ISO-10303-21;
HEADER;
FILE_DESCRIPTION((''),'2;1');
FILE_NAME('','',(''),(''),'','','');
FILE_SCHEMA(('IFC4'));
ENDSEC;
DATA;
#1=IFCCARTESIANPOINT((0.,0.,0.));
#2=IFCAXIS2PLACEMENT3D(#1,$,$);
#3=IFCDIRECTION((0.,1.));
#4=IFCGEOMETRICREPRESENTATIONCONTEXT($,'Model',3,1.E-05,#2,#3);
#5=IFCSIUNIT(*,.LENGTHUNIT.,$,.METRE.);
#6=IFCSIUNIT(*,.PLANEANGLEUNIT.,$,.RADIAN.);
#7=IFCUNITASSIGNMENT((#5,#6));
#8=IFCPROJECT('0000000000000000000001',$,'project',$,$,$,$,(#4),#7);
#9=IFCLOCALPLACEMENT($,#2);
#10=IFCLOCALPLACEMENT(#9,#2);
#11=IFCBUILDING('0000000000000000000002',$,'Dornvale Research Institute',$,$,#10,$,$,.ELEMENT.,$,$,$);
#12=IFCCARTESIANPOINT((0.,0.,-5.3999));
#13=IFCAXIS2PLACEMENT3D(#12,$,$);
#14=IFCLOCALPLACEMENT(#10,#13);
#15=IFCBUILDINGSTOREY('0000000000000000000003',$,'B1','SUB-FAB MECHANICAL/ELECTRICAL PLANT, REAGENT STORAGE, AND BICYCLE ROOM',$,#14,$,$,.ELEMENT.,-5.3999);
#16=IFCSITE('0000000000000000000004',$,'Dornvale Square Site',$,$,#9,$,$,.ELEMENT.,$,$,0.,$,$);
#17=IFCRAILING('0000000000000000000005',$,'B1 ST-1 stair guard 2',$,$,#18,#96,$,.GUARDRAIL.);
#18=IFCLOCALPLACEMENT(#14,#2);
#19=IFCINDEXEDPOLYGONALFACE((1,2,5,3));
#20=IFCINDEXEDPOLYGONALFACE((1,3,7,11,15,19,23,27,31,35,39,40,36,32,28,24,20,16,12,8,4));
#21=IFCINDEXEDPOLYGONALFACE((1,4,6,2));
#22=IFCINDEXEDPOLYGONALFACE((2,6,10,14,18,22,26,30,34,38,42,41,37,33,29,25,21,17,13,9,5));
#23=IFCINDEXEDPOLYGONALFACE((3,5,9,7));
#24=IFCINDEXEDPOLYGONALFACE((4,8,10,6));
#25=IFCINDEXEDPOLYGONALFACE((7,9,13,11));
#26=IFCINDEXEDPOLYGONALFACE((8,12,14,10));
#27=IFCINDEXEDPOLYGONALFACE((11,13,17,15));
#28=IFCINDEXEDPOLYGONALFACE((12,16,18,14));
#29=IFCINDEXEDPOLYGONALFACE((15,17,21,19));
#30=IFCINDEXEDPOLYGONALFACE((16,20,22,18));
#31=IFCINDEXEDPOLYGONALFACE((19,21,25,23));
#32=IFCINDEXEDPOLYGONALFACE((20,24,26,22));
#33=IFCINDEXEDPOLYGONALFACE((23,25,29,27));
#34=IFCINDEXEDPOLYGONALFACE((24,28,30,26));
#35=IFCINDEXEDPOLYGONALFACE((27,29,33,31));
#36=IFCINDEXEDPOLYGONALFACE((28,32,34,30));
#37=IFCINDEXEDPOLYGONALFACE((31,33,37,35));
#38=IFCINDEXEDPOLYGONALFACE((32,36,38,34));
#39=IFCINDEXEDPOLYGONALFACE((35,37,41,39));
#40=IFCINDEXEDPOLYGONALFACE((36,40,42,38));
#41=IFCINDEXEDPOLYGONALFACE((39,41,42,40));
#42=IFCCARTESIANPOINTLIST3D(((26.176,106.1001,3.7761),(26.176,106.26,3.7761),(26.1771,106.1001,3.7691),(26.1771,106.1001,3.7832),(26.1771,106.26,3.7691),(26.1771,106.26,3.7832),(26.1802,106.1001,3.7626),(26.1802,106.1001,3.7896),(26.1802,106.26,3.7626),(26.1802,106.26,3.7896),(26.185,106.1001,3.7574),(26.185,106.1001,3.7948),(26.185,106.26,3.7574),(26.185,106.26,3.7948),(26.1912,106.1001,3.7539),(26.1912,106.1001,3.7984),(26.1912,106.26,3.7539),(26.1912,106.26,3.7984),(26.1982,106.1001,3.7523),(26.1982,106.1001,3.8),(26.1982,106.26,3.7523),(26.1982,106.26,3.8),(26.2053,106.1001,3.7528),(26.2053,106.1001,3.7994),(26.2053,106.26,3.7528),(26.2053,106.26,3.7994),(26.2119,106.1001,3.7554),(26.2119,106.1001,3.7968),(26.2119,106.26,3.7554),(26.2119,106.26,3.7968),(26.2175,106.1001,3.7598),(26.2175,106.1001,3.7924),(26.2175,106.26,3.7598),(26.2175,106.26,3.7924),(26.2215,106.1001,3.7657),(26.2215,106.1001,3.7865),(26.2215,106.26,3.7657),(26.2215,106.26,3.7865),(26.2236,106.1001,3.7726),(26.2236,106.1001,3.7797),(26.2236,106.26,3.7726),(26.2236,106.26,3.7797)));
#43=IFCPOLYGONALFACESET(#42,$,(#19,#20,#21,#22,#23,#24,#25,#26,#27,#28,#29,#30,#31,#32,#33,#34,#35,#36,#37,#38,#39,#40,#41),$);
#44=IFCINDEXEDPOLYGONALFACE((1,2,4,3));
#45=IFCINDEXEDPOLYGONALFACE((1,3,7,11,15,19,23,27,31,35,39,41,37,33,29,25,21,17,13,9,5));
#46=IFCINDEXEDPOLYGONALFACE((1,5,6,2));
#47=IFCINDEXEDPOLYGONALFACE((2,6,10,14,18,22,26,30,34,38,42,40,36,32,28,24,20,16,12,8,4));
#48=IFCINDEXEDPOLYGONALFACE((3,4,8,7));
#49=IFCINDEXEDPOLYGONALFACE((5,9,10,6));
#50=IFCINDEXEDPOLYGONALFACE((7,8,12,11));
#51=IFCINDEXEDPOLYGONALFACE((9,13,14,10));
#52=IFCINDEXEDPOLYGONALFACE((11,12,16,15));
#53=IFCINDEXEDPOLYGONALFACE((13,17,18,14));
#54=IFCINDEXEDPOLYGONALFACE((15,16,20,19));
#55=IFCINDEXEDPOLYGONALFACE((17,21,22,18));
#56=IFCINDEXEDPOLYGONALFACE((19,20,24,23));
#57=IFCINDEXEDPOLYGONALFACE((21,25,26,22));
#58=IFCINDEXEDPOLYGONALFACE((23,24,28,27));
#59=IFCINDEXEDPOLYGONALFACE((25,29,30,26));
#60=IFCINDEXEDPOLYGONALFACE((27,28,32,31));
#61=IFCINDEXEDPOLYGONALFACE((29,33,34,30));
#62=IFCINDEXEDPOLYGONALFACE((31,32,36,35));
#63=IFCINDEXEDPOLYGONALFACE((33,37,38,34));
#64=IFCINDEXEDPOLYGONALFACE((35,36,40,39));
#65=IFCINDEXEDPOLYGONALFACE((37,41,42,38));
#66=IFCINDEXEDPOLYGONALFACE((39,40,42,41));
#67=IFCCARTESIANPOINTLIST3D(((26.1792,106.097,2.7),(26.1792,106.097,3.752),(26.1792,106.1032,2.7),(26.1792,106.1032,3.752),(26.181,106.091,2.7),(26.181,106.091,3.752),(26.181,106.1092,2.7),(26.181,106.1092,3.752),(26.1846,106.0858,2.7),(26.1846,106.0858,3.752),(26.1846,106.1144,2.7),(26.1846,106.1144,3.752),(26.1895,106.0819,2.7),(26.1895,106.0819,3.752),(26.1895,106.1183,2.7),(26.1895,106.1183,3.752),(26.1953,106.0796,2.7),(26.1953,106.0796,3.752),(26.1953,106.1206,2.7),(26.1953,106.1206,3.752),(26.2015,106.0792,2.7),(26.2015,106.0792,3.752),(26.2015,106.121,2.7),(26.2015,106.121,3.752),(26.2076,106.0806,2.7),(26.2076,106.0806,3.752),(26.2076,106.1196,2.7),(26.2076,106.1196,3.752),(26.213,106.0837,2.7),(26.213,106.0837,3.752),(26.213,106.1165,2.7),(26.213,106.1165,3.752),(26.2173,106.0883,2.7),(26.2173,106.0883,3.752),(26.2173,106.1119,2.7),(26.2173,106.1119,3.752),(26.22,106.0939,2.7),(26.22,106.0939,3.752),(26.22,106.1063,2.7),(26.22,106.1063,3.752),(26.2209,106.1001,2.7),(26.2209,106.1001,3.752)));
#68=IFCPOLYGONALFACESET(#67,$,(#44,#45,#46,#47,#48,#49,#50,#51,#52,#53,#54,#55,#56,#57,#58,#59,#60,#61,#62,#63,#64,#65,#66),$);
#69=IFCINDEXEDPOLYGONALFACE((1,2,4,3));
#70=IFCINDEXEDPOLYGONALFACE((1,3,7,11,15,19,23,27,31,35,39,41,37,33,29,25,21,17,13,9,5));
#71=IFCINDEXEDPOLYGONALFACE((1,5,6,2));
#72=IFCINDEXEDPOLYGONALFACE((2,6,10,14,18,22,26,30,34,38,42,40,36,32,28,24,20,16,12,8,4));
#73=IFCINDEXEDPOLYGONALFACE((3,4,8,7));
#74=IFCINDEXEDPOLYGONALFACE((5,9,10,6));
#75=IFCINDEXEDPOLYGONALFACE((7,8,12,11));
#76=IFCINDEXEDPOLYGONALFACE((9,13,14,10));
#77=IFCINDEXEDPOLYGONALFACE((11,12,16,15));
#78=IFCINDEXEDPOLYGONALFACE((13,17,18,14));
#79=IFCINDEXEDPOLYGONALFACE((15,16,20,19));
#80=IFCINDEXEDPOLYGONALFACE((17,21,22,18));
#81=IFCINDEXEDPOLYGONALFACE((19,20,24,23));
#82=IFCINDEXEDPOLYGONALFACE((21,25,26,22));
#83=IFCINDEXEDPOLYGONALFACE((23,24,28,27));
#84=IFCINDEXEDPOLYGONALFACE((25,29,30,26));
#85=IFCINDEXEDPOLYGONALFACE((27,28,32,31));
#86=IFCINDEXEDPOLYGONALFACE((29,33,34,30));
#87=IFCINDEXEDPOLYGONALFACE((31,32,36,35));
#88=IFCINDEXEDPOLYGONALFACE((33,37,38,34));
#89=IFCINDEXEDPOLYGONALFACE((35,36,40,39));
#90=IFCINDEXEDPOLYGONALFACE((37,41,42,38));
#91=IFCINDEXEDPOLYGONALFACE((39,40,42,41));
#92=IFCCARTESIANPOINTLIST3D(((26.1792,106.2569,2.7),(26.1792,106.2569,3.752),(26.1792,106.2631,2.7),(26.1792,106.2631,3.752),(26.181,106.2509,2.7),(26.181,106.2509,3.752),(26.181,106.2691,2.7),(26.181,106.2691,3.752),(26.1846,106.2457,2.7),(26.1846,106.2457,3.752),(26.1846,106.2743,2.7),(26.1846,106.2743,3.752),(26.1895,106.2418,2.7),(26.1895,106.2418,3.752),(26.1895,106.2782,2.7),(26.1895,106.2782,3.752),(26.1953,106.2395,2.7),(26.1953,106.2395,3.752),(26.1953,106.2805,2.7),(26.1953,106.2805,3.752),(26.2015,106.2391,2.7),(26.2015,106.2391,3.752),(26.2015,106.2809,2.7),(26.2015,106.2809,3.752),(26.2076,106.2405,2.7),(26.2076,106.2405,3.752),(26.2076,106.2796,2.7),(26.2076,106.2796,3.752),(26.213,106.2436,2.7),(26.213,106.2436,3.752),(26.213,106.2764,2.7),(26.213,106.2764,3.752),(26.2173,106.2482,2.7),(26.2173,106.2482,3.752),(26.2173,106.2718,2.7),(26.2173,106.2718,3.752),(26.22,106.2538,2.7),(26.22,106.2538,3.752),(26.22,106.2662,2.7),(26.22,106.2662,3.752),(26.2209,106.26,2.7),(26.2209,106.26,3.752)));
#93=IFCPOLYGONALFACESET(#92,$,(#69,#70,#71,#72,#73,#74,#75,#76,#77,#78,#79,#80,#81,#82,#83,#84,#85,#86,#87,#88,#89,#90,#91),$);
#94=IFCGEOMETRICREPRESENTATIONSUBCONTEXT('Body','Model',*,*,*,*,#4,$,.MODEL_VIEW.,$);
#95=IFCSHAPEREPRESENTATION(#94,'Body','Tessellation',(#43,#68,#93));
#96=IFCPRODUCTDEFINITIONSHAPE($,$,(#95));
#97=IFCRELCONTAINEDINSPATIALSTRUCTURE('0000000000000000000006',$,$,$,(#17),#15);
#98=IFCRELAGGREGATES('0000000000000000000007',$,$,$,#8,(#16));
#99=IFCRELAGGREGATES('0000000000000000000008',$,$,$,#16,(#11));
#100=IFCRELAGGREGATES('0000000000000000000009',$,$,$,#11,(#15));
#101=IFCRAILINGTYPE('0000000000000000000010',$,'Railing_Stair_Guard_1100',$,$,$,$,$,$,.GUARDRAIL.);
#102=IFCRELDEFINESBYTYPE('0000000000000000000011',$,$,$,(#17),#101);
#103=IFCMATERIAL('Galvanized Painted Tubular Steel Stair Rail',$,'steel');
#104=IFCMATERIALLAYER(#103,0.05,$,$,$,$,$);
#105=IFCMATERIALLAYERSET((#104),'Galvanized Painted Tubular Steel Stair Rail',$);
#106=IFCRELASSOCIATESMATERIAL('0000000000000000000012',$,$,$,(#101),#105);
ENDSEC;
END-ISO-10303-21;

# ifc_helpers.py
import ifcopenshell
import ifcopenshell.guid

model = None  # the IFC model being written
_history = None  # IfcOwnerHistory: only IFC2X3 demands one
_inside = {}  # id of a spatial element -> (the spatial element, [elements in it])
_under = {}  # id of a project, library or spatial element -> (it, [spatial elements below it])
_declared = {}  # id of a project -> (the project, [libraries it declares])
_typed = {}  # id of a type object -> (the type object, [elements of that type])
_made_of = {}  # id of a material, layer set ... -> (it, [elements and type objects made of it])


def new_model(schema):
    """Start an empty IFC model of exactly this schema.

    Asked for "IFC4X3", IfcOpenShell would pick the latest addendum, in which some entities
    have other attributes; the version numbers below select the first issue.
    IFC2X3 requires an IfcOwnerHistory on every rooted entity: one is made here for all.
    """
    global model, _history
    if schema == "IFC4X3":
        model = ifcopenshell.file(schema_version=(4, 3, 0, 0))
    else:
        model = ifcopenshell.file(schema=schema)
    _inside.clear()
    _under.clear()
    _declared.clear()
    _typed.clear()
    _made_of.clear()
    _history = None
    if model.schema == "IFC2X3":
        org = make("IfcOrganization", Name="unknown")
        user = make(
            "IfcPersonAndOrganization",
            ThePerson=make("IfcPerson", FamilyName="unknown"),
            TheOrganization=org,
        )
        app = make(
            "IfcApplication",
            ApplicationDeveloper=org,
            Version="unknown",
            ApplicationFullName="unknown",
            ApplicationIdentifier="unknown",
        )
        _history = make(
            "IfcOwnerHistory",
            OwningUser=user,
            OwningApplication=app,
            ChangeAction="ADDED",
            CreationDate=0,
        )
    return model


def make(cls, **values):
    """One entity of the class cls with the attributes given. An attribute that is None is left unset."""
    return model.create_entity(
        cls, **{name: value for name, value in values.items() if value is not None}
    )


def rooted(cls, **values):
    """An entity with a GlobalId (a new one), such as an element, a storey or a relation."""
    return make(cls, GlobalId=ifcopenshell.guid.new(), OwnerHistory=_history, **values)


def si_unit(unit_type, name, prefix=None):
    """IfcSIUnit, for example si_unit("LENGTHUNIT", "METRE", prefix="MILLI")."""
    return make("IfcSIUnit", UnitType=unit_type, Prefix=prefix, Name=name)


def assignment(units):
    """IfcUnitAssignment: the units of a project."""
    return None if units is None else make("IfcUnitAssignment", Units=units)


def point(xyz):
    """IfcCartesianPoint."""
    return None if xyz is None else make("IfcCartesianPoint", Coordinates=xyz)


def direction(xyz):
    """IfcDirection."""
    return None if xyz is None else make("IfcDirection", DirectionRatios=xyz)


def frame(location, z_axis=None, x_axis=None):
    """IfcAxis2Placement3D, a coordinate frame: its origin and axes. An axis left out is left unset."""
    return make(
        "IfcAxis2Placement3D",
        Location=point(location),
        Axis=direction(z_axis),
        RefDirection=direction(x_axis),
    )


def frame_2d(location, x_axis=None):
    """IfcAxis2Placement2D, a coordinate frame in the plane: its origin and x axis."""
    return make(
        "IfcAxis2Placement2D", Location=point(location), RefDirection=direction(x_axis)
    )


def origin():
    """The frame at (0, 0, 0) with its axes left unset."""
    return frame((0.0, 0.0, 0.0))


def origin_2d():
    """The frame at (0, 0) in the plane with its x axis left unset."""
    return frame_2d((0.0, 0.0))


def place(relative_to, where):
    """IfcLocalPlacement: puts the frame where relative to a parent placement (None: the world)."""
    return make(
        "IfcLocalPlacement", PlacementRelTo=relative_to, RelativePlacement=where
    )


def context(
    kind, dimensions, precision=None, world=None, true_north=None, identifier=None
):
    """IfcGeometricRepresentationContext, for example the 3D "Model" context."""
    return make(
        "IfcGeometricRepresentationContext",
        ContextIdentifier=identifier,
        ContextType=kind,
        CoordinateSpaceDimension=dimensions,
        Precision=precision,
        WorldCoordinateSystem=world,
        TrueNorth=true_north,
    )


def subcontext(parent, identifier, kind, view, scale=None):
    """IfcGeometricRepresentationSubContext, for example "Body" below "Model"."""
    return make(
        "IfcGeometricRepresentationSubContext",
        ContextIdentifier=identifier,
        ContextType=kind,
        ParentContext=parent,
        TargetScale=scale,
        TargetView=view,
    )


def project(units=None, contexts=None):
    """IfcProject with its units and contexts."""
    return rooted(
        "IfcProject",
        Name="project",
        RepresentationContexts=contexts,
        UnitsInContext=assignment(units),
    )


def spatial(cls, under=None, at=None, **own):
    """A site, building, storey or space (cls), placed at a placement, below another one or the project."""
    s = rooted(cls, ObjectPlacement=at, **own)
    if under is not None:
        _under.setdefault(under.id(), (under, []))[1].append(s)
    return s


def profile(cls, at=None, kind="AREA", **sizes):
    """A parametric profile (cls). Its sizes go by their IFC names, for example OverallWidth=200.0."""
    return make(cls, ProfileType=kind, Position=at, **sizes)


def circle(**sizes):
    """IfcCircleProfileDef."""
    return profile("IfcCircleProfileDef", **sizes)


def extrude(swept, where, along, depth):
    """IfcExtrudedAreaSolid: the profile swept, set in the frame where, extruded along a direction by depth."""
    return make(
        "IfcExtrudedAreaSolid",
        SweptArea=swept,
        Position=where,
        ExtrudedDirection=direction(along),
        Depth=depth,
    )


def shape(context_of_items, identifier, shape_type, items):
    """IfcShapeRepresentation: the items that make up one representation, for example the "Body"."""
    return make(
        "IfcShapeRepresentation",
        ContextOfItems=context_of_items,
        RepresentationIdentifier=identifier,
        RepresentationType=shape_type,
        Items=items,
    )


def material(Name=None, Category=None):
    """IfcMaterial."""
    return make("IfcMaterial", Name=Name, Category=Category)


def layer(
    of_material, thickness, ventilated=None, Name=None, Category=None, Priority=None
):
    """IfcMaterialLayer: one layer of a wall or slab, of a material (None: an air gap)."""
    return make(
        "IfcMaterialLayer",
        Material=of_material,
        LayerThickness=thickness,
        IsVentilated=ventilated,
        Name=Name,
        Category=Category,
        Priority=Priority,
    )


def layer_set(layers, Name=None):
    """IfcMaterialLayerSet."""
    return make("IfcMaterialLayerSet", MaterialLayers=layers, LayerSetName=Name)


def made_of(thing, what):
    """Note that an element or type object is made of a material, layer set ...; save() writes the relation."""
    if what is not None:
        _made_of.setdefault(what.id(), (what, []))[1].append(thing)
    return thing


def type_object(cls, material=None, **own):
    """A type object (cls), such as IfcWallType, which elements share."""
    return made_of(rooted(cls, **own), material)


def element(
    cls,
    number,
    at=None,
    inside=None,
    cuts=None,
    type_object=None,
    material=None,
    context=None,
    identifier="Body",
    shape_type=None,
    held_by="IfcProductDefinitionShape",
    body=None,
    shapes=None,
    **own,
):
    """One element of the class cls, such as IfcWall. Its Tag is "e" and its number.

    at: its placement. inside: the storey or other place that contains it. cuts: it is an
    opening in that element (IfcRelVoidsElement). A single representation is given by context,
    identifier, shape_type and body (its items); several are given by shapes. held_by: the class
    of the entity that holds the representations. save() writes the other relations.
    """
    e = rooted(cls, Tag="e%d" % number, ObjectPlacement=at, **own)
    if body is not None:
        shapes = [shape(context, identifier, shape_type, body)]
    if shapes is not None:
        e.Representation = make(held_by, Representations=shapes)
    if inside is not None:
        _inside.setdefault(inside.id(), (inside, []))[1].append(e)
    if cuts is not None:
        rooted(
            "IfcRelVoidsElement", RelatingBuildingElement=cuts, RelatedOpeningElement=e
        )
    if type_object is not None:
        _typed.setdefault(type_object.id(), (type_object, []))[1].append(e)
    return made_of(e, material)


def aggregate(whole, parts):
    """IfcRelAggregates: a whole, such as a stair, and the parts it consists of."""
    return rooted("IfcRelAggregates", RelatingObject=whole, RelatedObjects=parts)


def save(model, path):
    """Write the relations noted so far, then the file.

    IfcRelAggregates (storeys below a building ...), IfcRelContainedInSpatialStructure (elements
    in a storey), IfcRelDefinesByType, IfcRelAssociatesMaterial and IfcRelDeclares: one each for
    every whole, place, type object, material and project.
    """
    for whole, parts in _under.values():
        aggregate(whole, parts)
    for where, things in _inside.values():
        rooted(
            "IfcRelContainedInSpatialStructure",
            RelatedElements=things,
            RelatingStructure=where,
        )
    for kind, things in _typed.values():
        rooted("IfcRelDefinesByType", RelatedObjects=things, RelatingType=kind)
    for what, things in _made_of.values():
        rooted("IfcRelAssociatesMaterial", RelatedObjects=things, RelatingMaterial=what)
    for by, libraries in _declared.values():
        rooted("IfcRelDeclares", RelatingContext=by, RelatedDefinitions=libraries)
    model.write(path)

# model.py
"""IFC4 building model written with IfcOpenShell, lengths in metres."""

from ifc_helpers import new_model, si_unit, direction, frame, origin, origin_2d, place, context, subcontext, project, spatial, circle, extrude, material, layer, layer_set, type_object, element, save


model = new_model("IFC4")

# Units and contexts
model_context = context("Model", 3, precision=1e-05, world=origin(), true_north=direction((0.0, 1.0)))
body_context = subcontext(model_context, "Body", "Model", "MODEL_VIEW")
ifc_project = project(units=[si_unit("LENGTHUNIT", "METRE"), si_unit("PLANEANGLEUNIT", "RADIAN")], contexts=[model_context])

# Site, building, storey
site_placement = place(None, origin())
site = spatial("IfcSite", under=ifc_project, at=site_placement, Name="Dornvale Square Site", CompositionType="ELEMENT", RefElevation=0.0)
building_placement = place(site_placement, origin())
building = spatial("IfcBuilding", under=site, at=building_placement, Name="Dornvale Research Institute", CompositionType="ELEMENT")
storey_placement = place(building_placement, frame((0.0, 0.0, -5.3999)))
storey = spatial("IfcBuildingStorey", under=building, at=storey_placement, Name="B1", Description="SUB-FAB MECHANICAL/ELECTRICAL PLANT, REAGENT STORAGE, AND BICYCLE ROOM", CompositionType="ELEMENT", Elevation=-5.3999)

# Railing
ifc_material_1 = material(Name="Galvanized Painted Tubular Steel Stair Rail", Category="steel")
ifc_layer_1 = layer(ifc_material_1, 0.05)
ifc_layer_set_1 = layer_set([ifc_layer_1], Name="Galvanized Painted Tubular Steel Stair Rail")
railing_type_1 = type_object("IfcRailingType", Name="Railing_Stair_Guard_1100", PredefinedType="GUARDRAIL", material=ifc_layer_set_1)
railing_1_placement = place(storey_placement, frame((26.2, 106.1001, 2.7)))
element("IfcRailing", 1, at=railing_1_placement, inside=storey, type_object=railing_type_1, Name="B1 ST-1 stair guard 2", PredefinedType="GUARDRAIL", context=body_context, shape_type="SweptSolid", body=[
    extrude(circle(Radius=0.0239, at=origin_2d()), frame((0.0, 0.0, 1.0762), z_axis=(0.0, 1.0, 0.0), x_axis=(-1.0, 0.0, 0.0)), (0.0, 0.0, 1.0), 0.1599),
    extrude(circle(Radius=0.021, at=origin_2d()), origin(), (0.0, 0.0, 1.0), 1.052),
    extrude(circle(Radius=0.021, at=origin_2d()), frame((0.0, 0.1599, 0.0)), (0.0, 0.0, 1.0), 1.052),
])

save(model, "model.ifc")
